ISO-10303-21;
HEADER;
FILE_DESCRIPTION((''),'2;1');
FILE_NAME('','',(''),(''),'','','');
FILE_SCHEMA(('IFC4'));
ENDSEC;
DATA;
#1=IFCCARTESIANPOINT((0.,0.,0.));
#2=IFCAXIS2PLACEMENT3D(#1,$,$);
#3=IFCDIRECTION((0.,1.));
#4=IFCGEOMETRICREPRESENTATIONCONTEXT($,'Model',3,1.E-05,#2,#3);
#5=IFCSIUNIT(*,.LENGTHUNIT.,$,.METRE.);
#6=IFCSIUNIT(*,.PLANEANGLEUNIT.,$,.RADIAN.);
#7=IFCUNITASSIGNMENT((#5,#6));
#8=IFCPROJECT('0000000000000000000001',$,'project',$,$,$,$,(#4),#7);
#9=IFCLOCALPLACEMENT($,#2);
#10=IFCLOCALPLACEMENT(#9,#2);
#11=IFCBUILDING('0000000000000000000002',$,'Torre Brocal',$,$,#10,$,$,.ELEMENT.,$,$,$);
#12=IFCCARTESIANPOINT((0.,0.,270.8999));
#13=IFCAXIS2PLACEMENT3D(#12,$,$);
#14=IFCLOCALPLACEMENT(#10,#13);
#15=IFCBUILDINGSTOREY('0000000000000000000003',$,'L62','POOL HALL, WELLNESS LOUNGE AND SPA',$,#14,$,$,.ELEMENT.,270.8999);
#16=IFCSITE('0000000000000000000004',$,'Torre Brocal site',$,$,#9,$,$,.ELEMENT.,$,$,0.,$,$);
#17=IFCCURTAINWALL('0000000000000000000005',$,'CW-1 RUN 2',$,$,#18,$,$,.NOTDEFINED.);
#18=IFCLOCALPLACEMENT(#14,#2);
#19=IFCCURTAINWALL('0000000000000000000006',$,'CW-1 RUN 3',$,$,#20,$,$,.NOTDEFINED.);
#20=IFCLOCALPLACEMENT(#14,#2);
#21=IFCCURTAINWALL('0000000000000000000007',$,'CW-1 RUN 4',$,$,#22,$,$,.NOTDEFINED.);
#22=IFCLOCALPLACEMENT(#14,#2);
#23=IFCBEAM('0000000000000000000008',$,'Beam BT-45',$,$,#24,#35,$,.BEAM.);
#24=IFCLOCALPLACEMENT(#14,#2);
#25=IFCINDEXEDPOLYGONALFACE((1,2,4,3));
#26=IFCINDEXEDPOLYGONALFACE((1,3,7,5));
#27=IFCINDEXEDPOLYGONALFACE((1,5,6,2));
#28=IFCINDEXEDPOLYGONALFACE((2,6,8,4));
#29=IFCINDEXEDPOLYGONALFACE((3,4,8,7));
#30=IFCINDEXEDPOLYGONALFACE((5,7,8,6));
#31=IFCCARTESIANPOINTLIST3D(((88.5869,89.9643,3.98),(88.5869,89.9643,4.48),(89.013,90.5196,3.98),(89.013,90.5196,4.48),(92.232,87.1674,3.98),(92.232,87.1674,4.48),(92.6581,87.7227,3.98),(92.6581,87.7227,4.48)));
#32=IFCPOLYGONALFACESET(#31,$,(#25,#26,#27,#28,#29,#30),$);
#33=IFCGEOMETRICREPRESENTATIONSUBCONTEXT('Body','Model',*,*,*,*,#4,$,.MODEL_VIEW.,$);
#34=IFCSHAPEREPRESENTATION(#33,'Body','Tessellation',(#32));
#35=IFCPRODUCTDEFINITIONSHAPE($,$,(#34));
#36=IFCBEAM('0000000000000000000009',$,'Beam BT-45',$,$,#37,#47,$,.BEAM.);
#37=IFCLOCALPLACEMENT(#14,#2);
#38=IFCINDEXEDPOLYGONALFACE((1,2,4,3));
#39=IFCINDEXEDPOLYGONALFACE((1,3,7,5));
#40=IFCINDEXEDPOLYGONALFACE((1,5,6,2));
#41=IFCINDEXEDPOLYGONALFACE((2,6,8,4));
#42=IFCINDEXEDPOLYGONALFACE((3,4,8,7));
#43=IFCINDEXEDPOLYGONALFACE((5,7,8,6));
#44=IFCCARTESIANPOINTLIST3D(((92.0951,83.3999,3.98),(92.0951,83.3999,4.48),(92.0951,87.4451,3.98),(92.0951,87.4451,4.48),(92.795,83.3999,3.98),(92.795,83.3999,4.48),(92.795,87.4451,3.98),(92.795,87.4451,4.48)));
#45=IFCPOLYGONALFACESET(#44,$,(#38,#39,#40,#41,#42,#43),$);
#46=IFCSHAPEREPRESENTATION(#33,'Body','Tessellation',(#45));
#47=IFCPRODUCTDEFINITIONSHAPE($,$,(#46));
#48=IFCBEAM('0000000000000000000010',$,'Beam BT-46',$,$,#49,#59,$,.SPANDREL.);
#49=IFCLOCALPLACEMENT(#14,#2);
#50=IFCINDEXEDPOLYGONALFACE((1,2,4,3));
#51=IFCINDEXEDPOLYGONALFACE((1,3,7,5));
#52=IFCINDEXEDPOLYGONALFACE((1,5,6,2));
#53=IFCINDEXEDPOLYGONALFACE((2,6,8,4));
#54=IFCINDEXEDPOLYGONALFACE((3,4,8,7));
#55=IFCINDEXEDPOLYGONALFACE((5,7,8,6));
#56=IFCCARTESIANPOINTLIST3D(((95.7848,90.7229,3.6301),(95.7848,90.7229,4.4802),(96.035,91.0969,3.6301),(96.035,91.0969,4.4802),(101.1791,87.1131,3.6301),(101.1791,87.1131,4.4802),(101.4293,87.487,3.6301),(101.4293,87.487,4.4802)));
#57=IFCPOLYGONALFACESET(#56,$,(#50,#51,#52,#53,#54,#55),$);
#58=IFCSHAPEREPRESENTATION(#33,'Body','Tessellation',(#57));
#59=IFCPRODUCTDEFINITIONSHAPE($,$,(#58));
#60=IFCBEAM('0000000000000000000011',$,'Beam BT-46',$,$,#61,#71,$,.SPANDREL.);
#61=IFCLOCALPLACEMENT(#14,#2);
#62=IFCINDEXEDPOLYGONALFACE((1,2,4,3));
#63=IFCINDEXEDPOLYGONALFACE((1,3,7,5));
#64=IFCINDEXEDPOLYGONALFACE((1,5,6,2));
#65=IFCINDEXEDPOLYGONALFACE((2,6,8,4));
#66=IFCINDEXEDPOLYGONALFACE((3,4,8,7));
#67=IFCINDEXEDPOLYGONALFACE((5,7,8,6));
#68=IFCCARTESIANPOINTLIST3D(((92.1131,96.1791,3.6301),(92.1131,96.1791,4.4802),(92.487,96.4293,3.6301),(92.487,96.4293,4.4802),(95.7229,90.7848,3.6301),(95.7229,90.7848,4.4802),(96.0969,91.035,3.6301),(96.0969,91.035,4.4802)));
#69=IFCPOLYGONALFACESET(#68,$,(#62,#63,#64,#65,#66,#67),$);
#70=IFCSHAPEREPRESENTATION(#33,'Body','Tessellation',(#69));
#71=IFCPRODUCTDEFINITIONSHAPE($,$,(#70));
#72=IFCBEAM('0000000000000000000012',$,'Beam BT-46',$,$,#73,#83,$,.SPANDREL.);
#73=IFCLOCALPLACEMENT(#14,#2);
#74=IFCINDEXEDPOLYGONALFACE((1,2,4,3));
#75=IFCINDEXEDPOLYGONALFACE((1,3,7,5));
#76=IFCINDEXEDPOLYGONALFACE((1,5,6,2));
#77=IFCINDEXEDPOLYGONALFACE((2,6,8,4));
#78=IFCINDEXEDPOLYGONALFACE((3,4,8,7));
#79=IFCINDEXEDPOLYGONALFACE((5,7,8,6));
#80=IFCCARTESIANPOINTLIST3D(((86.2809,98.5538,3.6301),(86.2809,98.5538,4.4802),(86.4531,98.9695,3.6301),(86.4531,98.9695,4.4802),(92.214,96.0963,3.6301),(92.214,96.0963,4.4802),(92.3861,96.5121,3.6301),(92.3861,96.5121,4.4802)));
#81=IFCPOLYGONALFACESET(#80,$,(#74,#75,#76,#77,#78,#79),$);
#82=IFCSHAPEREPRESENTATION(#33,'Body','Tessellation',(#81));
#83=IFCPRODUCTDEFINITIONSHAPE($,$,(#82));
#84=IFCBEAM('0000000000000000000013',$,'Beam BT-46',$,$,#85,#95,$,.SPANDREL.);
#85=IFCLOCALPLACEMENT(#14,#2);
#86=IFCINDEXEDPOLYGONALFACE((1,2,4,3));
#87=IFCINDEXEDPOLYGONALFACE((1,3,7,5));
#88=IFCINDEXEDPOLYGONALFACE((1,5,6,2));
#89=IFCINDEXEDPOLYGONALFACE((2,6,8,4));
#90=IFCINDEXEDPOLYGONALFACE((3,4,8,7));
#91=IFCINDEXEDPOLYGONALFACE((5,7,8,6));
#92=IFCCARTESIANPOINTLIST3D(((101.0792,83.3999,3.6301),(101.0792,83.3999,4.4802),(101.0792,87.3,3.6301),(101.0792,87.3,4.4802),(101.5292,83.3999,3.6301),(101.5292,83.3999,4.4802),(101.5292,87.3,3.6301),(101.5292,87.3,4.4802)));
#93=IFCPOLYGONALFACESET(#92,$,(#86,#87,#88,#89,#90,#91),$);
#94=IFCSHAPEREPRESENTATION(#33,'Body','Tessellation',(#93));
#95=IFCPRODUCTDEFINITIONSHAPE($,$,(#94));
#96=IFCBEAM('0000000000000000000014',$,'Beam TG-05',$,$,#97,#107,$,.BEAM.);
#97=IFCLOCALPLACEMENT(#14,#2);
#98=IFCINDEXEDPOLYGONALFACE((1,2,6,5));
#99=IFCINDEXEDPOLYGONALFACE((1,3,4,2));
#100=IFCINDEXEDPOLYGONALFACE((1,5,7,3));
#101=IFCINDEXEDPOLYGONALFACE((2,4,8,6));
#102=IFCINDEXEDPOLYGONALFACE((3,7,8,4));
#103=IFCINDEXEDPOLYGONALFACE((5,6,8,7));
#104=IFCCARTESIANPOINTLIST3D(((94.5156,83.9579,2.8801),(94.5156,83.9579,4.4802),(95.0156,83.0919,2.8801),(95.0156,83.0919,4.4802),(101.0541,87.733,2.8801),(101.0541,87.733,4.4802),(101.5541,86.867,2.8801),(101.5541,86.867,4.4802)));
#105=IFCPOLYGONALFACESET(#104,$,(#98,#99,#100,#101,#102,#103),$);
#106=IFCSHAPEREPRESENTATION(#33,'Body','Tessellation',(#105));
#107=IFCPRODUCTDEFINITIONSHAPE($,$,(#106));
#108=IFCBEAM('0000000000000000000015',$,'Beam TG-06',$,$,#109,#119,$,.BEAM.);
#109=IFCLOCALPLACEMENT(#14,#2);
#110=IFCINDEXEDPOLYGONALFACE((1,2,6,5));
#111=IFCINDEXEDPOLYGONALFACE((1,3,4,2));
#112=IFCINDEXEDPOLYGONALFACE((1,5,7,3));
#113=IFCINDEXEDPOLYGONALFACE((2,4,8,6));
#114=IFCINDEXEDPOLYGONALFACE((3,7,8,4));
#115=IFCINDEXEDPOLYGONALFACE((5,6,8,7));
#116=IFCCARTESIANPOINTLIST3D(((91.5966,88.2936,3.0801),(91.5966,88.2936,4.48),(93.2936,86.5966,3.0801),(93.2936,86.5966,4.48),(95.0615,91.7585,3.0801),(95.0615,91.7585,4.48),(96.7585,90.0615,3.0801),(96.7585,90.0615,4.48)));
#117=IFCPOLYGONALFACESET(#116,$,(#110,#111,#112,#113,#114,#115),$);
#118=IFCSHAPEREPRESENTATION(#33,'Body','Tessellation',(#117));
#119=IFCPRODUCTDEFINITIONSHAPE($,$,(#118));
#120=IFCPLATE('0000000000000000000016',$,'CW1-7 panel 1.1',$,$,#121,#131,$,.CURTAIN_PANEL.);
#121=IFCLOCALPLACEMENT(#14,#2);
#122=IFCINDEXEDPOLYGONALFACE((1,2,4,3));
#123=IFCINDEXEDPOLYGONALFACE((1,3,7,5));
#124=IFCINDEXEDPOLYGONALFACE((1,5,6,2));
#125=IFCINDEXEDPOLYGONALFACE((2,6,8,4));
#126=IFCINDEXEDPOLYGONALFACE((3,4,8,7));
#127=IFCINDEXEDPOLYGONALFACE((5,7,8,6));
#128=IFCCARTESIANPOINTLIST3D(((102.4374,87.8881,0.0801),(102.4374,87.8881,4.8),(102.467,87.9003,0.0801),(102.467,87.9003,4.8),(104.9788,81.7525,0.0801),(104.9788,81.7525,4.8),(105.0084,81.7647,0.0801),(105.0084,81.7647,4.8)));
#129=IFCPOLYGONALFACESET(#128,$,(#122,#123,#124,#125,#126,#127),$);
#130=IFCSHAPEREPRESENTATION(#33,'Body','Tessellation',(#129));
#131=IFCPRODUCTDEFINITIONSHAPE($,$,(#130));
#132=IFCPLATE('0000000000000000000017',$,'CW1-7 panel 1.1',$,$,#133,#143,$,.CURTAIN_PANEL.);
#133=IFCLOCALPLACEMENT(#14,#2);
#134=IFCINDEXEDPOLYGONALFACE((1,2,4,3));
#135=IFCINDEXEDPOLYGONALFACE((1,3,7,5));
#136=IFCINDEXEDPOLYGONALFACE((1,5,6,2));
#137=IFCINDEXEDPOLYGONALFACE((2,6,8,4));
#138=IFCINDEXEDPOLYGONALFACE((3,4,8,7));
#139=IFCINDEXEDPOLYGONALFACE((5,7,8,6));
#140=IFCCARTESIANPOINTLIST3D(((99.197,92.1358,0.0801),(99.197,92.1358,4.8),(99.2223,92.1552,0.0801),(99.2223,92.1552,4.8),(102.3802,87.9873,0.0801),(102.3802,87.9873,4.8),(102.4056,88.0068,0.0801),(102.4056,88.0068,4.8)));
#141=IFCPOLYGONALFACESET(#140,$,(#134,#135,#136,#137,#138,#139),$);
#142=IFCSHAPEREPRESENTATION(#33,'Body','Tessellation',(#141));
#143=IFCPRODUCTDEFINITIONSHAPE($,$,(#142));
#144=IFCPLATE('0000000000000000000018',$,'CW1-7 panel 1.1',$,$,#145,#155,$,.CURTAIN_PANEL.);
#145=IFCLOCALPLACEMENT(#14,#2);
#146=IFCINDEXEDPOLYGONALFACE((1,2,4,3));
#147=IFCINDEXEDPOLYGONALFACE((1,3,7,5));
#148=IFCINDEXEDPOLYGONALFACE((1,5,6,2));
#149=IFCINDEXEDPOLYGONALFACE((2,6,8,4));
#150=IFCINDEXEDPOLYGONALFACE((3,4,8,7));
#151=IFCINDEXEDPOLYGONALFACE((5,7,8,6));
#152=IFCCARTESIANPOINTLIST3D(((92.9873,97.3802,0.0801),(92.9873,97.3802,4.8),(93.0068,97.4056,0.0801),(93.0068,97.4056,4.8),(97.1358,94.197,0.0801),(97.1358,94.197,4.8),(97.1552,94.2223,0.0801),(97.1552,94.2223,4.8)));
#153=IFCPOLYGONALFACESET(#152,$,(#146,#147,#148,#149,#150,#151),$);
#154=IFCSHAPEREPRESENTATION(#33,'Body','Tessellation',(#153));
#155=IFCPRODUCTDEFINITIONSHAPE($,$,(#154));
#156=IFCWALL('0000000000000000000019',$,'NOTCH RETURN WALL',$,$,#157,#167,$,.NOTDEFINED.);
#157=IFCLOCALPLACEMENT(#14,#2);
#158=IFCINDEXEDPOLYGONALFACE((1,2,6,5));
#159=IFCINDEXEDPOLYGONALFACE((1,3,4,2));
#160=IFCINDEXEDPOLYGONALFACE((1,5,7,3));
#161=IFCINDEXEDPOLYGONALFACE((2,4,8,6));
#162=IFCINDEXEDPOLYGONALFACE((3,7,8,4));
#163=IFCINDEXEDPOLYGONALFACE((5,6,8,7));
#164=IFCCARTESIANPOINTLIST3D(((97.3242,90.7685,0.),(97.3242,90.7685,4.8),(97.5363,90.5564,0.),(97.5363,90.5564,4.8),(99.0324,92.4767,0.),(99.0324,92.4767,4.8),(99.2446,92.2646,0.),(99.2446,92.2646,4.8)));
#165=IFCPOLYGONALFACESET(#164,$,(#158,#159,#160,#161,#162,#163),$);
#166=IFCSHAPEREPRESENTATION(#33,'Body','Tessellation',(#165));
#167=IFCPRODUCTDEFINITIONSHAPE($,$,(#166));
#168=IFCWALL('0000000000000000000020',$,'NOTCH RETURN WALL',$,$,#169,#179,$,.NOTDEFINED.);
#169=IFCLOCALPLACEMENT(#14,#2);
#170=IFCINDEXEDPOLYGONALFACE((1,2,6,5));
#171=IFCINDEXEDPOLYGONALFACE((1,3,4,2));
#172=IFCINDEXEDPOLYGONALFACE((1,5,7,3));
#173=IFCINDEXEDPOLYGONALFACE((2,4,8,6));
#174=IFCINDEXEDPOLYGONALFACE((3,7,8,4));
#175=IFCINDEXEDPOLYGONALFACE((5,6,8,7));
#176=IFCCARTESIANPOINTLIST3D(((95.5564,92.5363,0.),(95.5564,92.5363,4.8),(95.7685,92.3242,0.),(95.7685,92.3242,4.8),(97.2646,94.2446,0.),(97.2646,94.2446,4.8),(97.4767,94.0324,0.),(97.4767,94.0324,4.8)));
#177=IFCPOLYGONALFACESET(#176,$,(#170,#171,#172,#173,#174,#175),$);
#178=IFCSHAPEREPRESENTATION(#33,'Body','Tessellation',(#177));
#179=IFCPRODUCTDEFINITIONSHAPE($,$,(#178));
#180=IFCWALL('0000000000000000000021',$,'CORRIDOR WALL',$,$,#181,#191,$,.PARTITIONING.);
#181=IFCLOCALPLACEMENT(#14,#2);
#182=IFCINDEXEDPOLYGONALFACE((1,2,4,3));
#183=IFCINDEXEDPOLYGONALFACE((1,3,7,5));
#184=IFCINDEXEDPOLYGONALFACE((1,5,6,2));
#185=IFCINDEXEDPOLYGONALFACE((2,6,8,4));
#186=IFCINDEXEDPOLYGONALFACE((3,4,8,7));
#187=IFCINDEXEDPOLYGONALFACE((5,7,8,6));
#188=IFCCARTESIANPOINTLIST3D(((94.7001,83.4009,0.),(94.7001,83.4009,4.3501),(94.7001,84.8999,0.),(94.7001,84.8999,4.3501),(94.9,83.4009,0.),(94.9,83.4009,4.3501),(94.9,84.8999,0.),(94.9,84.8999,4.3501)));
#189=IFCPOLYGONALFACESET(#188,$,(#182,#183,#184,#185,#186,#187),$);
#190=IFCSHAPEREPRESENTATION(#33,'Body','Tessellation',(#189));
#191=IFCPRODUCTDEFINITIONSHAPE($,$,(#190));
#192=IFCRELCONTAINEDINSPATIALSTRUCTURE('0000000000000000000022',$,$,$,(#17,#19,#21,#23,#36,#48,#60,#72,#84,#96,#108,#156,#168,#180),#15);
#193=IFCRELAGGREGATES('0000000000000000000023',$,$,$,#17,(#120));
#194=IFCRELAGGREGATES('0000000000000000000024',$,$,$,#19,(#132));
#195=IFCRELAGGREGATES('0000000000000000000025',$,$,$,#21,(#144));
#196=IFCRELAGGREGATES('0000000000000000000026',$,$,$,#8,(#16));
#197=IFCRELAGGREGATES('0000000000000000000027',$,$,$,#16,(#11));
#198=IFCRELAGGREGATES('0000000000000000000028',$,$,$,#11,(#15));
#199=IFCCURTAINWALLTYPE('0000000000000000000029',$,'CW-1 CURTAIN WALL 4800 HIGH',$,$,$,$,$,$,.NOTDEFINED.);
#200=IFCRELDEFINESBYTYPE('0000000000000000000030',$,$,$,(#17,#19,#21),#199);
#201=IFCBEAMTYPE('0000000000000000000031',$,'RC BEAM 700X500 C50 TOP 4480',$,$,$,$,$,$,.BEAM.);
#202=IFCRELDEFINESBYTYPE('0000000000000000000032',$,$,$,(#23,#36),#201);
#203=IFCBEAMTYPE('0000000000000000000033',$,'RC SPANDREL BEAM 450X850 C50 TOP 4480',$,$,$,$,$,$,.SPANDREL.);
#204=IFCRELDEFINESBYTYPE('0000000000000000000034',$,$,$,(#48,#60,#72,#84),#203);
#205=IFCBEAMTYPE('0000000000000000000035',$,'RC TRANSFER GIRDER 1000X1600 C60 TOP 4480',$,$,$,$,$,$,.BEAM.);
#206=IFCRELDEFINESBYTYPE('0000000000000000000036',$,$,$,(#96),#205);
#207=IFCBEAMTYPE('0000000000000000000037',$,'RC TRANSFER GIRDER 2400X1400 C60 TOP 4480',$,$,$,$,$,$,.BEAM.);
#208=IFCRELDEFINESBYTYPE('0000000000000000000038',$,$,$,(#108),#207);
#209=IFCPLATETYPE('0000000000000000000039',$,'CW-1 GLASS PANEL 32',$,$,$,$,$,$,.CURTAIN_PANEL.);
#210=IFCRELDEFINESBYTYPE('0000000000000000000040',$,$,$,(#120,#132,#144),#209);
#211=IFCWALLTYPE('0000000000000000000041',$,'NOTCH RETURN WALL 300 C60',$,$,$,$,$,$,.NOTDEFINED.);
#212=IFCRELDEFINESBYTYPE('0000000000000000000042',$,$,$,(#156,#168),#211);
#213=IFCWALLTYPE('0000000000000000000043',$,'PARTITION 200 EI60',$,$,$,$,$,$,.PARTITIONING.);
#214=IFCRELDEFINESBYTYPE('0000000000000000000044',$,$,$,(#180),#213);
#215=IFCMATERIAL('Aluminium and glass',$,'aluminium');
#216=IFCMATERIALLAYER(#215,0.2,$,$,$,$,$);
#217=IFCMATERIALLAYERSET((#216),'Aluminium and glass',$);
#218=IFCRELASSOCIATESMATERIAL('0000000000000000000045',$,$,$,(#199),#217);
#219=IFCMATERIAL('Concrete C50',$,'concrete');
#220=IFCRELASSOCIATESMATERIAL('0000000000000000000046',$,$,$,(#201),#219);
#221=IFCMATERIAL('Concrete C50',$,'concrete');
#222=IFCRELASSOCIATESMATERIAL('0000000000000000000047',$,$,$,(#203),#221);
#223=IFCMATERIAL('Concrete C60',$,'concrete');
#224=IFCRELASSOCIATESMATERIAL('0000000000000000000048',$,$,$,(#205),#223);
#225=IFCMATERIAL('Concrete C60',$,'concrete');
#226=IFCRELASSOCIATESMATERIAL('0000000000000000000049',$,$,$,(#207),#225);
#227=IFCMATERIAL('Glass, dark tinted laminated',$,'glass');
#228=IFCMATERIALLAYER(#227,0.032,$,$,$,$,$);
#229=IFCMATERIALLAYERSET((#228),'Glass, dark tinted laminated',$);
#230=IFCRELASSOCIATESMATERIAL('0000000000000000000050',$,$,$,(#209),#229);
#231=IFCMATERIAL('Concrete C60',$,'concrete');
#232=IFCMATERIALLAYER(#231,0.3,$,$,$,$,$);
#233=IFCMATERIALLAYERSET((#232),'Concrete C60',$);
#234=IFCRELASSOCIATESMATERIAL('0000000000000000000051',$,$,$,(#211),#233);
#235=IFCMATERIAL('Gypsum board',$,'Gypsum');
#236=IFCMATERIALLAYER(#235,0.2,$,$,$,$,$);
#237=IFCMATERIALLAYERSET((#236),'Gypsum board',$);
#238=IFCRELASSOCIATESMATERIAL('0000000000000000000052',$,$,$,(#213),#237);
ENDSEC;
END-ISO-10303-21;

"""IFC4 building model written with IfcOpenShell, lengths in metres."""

from ifc_helpers import new_model, si_unit, direction, frame, frame_2d, origin, origin_2d, place, context, subcontext, project, spatial, rectangle, extrude, material, layer, layer_set, material_profile, profile_set, type_object, element, aggregate, save


model = new_model("IFC4")

# Units and contexts
model_context = context("Model", 3, precision=1e-05, world=origin(), true_north=direction((0.0, 1.0)))
body_context = subcontext(model_context, "Body", "Model", "MODEL_VIEW")
ifc_project = project(units=[si_unit("LENGTHUNIT", "METRE"), si_unit("PLANEANGLEUNIT", "RADIAN")], contexts=[model_context])

# Site, building, storey
site_placement = place(None, origin())
site = spatial("IfcSite", under=ifc_project, at=site_placement, Name="Torre Brocal site", CompositionType="ELEMENT", RefElevation=0.0)
building_placement = place(site_placement, origin())
building = spatial("IfcBuilding", under=site, at=building_placement, Name="Torre Brocal", CompositionType="ELEMENT")
storey_placement = place(building_placement, frame((0.0, 0.0, 270.8999)))
storey = spatial("IfcBuildingStorey", under=building, at=storey_placement, Name="L62", Description="POOL HALL, WELLNESS LOUNGE AND SPA", CompositionType="ELEMENT", Elevation=270.8999)

# Curtain wall
ifc_material_1 = material(Name="Aluminium and glass", Category="aluminium")
ifc_layer_1 = layer(ifc_material_1, 0.2)
ifc_layer_set_1 = layer_set([ifc_layer_1], Name="Aluminium and glass")
curtain_wall_type = type_object("IfcCurtainWallType", Name="CW-1 CURTAIN WALL 4800 HIGH", PredefinedType="NOTDEFINED", material=ifc_layer_set_1)
curtain_wall_1_placement = place(storey_placement, origin())
curtain_wall_1 = element("IfcCurtainWall", 1, at=curtain_wall_1_placement, inside=storey, type_object=curtain_wall_type, Name="CW-1 RUN 2", PredefinedType="NOTDEFINED")

# Curtain walls
curtain_wall_2_placement = place(storey_placement, origin())
curtain_wall_2 = element("IfcCurtainWall", 2, at=curtain_wall_2_placement, inside=storey, type_object=curtain_wall_type, Name="CW-1 RUN 3", PredefinedType="NOTDEFINED")
curtain_wall_3_placement = place(storey_placement, origin())
curtain_wall_3 = element("IfcCurtainWall", 3, at=curtain_wall_3_placement, inside=storey, type_object=curtain_wall_type, Name="CW-1 RUN 4", PredefinedType="NOTDEFINED")

# Beams
ifc_material_2 = material(Name="Concrete C50", Category="concrete")
ifc_material_profile_1 = material_profile(ifc_material_2, rectangle(XDim=0.7, YDim=0.5, at=origin_2d()), Name="RC 700X500")
ifc_profile_set_1 = profile_set([ifc_material_profile_1], Name="Concrete C50")
beam_type_1 = type_object("IfcBeamType", Name="RC BEAM 700X500 C50 TOP 4480", PredefinedType="BEAM", material=ifc_profile_set_1)
beam_1_placement = place(storey_placement, frame((92.4451, 87.4451, 4.23), z_axis=(-0.793358, 0.608755, 0.0), x_axis=(-0.608755, -0.793358, 0.0)))
element("IfcBeam", 4, at=beam_1_placement, inside=storey, type_object=beam_type_1, Name="Beam BT-45", PredefinedType="BEAM", context=body_context, shape_type="SweptSolid", body=[
    extrude(rectangle(XDim=0.7, YDim=0.5, at=origin_2d()), origin(), (0.0, 0.0, 1.0), 4.5945),
])
beam_2_placement = place(storey_placement, frame((92.4451, 87.4451, 4.23), z_axis=(0.0, -1.0, 0.0), x_axis=(1.0, 0.0, 0.0)))
element("IfcBeam", 5, at=beam_2_placement, inside=storey, type_object=beam_type_1, Name="Beam BT-45", PredefinedType="BEAM", context=body_context, shape_type="SweptSolid", body=[
    extrude(rectangle(XDim=0.7, YDim=0.5, at=origin_2d()), origin(), (0.0, 0.0, 1.0), 4.0452),
])
ifc_material_3 = material(Name="Concrete C50", Category="concrete")
ifc_material_profile_2 = material_profile(ifc_material_3, rectangle(XDim=0.45, YDim=0.8501, at=origin_2d()), Name="RC 450X850")
ifc_profile_set_2 = profile_set([ifc_material_profile_2], Name="Concrete C50")
beam_type_2 = type_object("IfcBeamType", Name="RC SPANDREL BEAM 450X850 C50 TOP 4480", PredefinedType="SPANDREL", material=ifc_profile_set_2)
for number, where, z_axis, x_axis, name in (
    (6, (101.3042, 87.3, 4.0552), (-0.831077, 0.556158, 0.0), (-0.556158, -0.831077, 0.0), "Beam BT-46"),
    (7, (95.9099, 90.9099, 4.0552), (-0.556158, 0.831077, 0.0), (-0.831077, -0.556158, 0.0), "Beam BT-46"),
):
    element("IfcBeam", number, at=place(storey_placement, frame(where, z_axis=z_axis, x_axis=x_axis)), inside=storey, type_object=beam_type_2, Name=name, PredefinedType="SPANDREL", context=body_context, shape_type="SweptSolid", body=[
        extrude(rectangle(XDim=0.45, YDim=0.8501, at=origin_2d()), origin(), (0.0, 0.0, 1.0), 6.4907),
    ])
beam_3_placement = place(storey_placement, frame((92.3, 96.3042, 4.0552), z_axis=(-0.923882, 0.382676, 0.0), x_axis=(-0.382676, -0.923882, 0.0)))
element("IfcBeam", 8, at=beam_3_placement, inside=storey, type_object=beam_type_2, Name="Beam BT-46", PredefinedType="SPANDREL", context=body_context, shape_type="SweptSolid", body=[
    extrude(rectangle(XDim=0.45, YDim=0.8501, at=origin_2d()), origin(), (0.0, 0.0, 1.0), 6.4219),
])
beam_4_placement = place(storey_placement, frame((101.3042, 87.3, 4.0552), z_axis=(0.0, -1.0, 0.0), x_axis=(1.0, 0.0, 0.0)))
element("IfcBeam", 9, at=beam_4_placement, inside=storey, type_object=beam_type_2, Name="Beam BT-46", PredefinedType="SPANDREL", context=body_context, shape_type="SweptSolid", body=[
    extrude(rectangle(XDim=0.45, YDim=0.8501, at=origin_2d()), origin(), (0.0, 0.0, 1.0), 3.9001),
])
ifc_material_4 = material(Name="Concrete C60", Category="concrete")
ifc_material_profile_3 = material_profile(ifc_material_4, rectangle(XDim=1.0, YDim=1.6001, at=origin_2d()), Name="RC 1000X1600")
ifc_profile_set_3 = profile_set([ifc_material_profile_3], Name="Concrete C60")
beam_type_3 = type_object("IfcBeamType", Name="RC TRANSFER GIRDER 1000X1600 C60 TOP 4480", PredefinedType="BEAM", material=ifc_profile_set_3)
beam_5_placement = place(storey_placement, frame((94.7656, 83.5249, 3.6802), z_axis=(0.86602, 0.50001, 0.0), x_axis=(-0.50001, 0.86602, 0.0)))
element("IfcBeam", 10, at=beam_5_placement, inside=storey, type_object=beam_type_3, Name="Beam TG-05", PredefinedType="BEAM", context=body_context, shape_type="SweptSolid", body=[
    extrude(rectangle(XDim=1.0, YDim=1.6001, at=origin_2d()), origin(), (0.0, 0.0, 1.0), 7.55),
])
ifc_material_5 = material(Name="Concrete C60", Category="concrete")
ifc_material_profile_4 = material_profile(ifc_material_5, rectangle(XDim=2.3999, YDim=1.3999, at=origin_2d()), Name="RC 2400X1400")
ifc_profile_set_4 = profile_set([ifc_material_profile_4], Name="Concrete C60")
beam_type_4 = type_object("IfcBeamType", Name="RC TRANSFER GIRDER 2400X1400 C60 TOP 4480", PredefinedType="BEAM", material=ifc_profile_set_4)
beam_6_placement = place(storey_placement, frame((92.4451, 87.4451, 3.78), z_axis=(0.707107, 0.707107, 0.0), x_axis=(-0.707107, 0.707107, 0.0)))
element("IfcBeam", 11, at=beam_6_placement, inside=storey, type_object=beam_type_4, Name="Beam TG-06", PredefinedType="BEAM", context=body_context, shape_type="SweptSolid", body=[
    extrude(rectangle(XDim=2.3999, YDim=1.3999, at=origin_2d()), origin(), (0.0, 0.0, 1.0), 4.9001),
])

# Plates
ifc_material_6 = material(Name="Glass, dark tinted laminated", Category="glass")
ifc_layer_2 = layer(ifc_material_6, 0.032)
ifc_layer_set_2 = layer_set([ifc_layer_2], Name="Glass, dark tinted laminated")
plate_type = type_object("IfcPlateType", Name="CW-1 GLASS PANEL 32", PredefinedType="CURTAIN_PANEL", material=ifc_layer_set_2)
plate_1_placement = place(storey_placement, frame((103.7229, 84.8264, 0.0801), z_axis=(0.0, 0.0, 1.0), x_axis=(-0.382683, 0.92388, 0.0)))
plate_1 = element("IfcPlate", 12, at=plate_1_placement, type_object=plate_type, Name="CW1-7 panel 1.1", PredefinedType="CURTAIN_PANEL", context=body_context, shape_type="SweptSolid", body=[
    extrude(rectangle(XDim=6.6411, YDim=0.032, at=origin_2d()), origin(), (0.0, 0.0, 1.0), 4.72),
])
aggregate(curtain_wall_1, [plate_1])
plate_2_placement = place(storey_placement, frame((100.8013, 90.0713, 0.0801), z_axis=(0.0, 0.0, 1.0), x_axis=(-0.608761, 0.793353, 0.0)))
plate_2 = element("IfcPlate", 13, at=plate_2_placement, type_object=plate_type, Name="CW1-7 panel 1.1", PredefinedType="CURTAIN_PANEL", context=body_context, shape_type="SweptSolid", body=[
    extrude(rectangle(XDim=5.229, YDim=0.032, at=origin_2d()), origin(), (0.0, 0.0, 1.0), 4.72),
])
aggregate(curtain_wall_2, [plate_2])
plate_3_placement = place(storey_placement, frame((95.0713, 95.8013, 0.0801), z_axis=(0.0, 0.0, 1.0), x_axis=(-0.793353, 0.608761, 0.0)))
plate_3 = element("IfcPlate", 14, at=plate_3_placement, type_object=plate_type, Name="CW1-7 panel 1.1", PredefinedType="CURTAIN_PANEL", context=body_context, shape_type="SweptSolid", body=[
    extrude(rectangle(XDim=5.229, YDim=0.032, at=origin_2d()), origin(), (0.0, 0.0, 1.0), 4.72),
])
aggregate(curtain_wall_3, [plate_3])

# Walls
ifc_material_7 = material(Name="Concrete C60", Category="concrete")
ifc_layer_3 = layer(ifc_material_7, 0.3)
ifc_layer_set_3 = layer_set([ifc_layer_3], Name="Concrete C60")
wall_type_1 = type_object("IfcWallType", Name="NOTCH RETURN WALL 300 C60", PredefinedType="NOTDEFINED", material=ifc_layer_set_3)
for number, where, z_axis, x_axis, name in (
    (15, (97.4302, 90.6624, 0.0), (0.0, 0.0, 1.0), (0.707107, 0.707107, 0.0), "NOTCH RETURN WALL"),
    (16, (95.6624, 92.4302, 0.0), (0.0, 0.0, 1.0), (0.707107, 0.707107, 0.0), "NOTCH RETURN WALL"),
):
    element("IfcWall", number, at=place(storey_placement, frame(where, z_axis=z_axis, x_axis=x_axis)), inside=storey, type_object=wall_type_1, Name=name, PredefinedType="NOTDEFINED", context=body_context, shape_type="SweptSolid", body=[
        extrude(rectangle(XDim=2.4158, YDim=0.3, at=frame_2d((1.208, 0.0))), origin(), (0.0, 0.0, 1.0), 4.8),
    ])
ifc_material_8 = material(Name="Gypsum board", Category="Gypsum")
ifc_layer_4 = layer(ifc_material_8, 0.2)
ifc_layer_set_4 = layer_set([ifc_layer_4], Name="Gypsum board")
wall_type_2 = type_object("IfcWallType", Name="PARTITION 200 EI60", PredefinedType="PARTITIONING", material=ifc_layer_set_4)
wall_placement = place(storey_placement, frame((94.8, 83.4009, 0.0), z_axis=(0.0, 0.0, 1.0), x_axis=(0.0, 1.0, 0.0)))
element("IfcWall", 17, at=wall_placement, inside=storey, type_object=wall_type_2, Name="CORRIDOR WALL", PredefinedType="PARTITIONING", context=body_context, shape_type="SweptSolid", body=[
    extrude(rectangle(XDim=1.499, YDim=0.2, at=frame_2d((0.7495, 0.0))), origin(), (0.0, 0.0, 1.0), 4.3501),
])

save(model, "model.ifc")
